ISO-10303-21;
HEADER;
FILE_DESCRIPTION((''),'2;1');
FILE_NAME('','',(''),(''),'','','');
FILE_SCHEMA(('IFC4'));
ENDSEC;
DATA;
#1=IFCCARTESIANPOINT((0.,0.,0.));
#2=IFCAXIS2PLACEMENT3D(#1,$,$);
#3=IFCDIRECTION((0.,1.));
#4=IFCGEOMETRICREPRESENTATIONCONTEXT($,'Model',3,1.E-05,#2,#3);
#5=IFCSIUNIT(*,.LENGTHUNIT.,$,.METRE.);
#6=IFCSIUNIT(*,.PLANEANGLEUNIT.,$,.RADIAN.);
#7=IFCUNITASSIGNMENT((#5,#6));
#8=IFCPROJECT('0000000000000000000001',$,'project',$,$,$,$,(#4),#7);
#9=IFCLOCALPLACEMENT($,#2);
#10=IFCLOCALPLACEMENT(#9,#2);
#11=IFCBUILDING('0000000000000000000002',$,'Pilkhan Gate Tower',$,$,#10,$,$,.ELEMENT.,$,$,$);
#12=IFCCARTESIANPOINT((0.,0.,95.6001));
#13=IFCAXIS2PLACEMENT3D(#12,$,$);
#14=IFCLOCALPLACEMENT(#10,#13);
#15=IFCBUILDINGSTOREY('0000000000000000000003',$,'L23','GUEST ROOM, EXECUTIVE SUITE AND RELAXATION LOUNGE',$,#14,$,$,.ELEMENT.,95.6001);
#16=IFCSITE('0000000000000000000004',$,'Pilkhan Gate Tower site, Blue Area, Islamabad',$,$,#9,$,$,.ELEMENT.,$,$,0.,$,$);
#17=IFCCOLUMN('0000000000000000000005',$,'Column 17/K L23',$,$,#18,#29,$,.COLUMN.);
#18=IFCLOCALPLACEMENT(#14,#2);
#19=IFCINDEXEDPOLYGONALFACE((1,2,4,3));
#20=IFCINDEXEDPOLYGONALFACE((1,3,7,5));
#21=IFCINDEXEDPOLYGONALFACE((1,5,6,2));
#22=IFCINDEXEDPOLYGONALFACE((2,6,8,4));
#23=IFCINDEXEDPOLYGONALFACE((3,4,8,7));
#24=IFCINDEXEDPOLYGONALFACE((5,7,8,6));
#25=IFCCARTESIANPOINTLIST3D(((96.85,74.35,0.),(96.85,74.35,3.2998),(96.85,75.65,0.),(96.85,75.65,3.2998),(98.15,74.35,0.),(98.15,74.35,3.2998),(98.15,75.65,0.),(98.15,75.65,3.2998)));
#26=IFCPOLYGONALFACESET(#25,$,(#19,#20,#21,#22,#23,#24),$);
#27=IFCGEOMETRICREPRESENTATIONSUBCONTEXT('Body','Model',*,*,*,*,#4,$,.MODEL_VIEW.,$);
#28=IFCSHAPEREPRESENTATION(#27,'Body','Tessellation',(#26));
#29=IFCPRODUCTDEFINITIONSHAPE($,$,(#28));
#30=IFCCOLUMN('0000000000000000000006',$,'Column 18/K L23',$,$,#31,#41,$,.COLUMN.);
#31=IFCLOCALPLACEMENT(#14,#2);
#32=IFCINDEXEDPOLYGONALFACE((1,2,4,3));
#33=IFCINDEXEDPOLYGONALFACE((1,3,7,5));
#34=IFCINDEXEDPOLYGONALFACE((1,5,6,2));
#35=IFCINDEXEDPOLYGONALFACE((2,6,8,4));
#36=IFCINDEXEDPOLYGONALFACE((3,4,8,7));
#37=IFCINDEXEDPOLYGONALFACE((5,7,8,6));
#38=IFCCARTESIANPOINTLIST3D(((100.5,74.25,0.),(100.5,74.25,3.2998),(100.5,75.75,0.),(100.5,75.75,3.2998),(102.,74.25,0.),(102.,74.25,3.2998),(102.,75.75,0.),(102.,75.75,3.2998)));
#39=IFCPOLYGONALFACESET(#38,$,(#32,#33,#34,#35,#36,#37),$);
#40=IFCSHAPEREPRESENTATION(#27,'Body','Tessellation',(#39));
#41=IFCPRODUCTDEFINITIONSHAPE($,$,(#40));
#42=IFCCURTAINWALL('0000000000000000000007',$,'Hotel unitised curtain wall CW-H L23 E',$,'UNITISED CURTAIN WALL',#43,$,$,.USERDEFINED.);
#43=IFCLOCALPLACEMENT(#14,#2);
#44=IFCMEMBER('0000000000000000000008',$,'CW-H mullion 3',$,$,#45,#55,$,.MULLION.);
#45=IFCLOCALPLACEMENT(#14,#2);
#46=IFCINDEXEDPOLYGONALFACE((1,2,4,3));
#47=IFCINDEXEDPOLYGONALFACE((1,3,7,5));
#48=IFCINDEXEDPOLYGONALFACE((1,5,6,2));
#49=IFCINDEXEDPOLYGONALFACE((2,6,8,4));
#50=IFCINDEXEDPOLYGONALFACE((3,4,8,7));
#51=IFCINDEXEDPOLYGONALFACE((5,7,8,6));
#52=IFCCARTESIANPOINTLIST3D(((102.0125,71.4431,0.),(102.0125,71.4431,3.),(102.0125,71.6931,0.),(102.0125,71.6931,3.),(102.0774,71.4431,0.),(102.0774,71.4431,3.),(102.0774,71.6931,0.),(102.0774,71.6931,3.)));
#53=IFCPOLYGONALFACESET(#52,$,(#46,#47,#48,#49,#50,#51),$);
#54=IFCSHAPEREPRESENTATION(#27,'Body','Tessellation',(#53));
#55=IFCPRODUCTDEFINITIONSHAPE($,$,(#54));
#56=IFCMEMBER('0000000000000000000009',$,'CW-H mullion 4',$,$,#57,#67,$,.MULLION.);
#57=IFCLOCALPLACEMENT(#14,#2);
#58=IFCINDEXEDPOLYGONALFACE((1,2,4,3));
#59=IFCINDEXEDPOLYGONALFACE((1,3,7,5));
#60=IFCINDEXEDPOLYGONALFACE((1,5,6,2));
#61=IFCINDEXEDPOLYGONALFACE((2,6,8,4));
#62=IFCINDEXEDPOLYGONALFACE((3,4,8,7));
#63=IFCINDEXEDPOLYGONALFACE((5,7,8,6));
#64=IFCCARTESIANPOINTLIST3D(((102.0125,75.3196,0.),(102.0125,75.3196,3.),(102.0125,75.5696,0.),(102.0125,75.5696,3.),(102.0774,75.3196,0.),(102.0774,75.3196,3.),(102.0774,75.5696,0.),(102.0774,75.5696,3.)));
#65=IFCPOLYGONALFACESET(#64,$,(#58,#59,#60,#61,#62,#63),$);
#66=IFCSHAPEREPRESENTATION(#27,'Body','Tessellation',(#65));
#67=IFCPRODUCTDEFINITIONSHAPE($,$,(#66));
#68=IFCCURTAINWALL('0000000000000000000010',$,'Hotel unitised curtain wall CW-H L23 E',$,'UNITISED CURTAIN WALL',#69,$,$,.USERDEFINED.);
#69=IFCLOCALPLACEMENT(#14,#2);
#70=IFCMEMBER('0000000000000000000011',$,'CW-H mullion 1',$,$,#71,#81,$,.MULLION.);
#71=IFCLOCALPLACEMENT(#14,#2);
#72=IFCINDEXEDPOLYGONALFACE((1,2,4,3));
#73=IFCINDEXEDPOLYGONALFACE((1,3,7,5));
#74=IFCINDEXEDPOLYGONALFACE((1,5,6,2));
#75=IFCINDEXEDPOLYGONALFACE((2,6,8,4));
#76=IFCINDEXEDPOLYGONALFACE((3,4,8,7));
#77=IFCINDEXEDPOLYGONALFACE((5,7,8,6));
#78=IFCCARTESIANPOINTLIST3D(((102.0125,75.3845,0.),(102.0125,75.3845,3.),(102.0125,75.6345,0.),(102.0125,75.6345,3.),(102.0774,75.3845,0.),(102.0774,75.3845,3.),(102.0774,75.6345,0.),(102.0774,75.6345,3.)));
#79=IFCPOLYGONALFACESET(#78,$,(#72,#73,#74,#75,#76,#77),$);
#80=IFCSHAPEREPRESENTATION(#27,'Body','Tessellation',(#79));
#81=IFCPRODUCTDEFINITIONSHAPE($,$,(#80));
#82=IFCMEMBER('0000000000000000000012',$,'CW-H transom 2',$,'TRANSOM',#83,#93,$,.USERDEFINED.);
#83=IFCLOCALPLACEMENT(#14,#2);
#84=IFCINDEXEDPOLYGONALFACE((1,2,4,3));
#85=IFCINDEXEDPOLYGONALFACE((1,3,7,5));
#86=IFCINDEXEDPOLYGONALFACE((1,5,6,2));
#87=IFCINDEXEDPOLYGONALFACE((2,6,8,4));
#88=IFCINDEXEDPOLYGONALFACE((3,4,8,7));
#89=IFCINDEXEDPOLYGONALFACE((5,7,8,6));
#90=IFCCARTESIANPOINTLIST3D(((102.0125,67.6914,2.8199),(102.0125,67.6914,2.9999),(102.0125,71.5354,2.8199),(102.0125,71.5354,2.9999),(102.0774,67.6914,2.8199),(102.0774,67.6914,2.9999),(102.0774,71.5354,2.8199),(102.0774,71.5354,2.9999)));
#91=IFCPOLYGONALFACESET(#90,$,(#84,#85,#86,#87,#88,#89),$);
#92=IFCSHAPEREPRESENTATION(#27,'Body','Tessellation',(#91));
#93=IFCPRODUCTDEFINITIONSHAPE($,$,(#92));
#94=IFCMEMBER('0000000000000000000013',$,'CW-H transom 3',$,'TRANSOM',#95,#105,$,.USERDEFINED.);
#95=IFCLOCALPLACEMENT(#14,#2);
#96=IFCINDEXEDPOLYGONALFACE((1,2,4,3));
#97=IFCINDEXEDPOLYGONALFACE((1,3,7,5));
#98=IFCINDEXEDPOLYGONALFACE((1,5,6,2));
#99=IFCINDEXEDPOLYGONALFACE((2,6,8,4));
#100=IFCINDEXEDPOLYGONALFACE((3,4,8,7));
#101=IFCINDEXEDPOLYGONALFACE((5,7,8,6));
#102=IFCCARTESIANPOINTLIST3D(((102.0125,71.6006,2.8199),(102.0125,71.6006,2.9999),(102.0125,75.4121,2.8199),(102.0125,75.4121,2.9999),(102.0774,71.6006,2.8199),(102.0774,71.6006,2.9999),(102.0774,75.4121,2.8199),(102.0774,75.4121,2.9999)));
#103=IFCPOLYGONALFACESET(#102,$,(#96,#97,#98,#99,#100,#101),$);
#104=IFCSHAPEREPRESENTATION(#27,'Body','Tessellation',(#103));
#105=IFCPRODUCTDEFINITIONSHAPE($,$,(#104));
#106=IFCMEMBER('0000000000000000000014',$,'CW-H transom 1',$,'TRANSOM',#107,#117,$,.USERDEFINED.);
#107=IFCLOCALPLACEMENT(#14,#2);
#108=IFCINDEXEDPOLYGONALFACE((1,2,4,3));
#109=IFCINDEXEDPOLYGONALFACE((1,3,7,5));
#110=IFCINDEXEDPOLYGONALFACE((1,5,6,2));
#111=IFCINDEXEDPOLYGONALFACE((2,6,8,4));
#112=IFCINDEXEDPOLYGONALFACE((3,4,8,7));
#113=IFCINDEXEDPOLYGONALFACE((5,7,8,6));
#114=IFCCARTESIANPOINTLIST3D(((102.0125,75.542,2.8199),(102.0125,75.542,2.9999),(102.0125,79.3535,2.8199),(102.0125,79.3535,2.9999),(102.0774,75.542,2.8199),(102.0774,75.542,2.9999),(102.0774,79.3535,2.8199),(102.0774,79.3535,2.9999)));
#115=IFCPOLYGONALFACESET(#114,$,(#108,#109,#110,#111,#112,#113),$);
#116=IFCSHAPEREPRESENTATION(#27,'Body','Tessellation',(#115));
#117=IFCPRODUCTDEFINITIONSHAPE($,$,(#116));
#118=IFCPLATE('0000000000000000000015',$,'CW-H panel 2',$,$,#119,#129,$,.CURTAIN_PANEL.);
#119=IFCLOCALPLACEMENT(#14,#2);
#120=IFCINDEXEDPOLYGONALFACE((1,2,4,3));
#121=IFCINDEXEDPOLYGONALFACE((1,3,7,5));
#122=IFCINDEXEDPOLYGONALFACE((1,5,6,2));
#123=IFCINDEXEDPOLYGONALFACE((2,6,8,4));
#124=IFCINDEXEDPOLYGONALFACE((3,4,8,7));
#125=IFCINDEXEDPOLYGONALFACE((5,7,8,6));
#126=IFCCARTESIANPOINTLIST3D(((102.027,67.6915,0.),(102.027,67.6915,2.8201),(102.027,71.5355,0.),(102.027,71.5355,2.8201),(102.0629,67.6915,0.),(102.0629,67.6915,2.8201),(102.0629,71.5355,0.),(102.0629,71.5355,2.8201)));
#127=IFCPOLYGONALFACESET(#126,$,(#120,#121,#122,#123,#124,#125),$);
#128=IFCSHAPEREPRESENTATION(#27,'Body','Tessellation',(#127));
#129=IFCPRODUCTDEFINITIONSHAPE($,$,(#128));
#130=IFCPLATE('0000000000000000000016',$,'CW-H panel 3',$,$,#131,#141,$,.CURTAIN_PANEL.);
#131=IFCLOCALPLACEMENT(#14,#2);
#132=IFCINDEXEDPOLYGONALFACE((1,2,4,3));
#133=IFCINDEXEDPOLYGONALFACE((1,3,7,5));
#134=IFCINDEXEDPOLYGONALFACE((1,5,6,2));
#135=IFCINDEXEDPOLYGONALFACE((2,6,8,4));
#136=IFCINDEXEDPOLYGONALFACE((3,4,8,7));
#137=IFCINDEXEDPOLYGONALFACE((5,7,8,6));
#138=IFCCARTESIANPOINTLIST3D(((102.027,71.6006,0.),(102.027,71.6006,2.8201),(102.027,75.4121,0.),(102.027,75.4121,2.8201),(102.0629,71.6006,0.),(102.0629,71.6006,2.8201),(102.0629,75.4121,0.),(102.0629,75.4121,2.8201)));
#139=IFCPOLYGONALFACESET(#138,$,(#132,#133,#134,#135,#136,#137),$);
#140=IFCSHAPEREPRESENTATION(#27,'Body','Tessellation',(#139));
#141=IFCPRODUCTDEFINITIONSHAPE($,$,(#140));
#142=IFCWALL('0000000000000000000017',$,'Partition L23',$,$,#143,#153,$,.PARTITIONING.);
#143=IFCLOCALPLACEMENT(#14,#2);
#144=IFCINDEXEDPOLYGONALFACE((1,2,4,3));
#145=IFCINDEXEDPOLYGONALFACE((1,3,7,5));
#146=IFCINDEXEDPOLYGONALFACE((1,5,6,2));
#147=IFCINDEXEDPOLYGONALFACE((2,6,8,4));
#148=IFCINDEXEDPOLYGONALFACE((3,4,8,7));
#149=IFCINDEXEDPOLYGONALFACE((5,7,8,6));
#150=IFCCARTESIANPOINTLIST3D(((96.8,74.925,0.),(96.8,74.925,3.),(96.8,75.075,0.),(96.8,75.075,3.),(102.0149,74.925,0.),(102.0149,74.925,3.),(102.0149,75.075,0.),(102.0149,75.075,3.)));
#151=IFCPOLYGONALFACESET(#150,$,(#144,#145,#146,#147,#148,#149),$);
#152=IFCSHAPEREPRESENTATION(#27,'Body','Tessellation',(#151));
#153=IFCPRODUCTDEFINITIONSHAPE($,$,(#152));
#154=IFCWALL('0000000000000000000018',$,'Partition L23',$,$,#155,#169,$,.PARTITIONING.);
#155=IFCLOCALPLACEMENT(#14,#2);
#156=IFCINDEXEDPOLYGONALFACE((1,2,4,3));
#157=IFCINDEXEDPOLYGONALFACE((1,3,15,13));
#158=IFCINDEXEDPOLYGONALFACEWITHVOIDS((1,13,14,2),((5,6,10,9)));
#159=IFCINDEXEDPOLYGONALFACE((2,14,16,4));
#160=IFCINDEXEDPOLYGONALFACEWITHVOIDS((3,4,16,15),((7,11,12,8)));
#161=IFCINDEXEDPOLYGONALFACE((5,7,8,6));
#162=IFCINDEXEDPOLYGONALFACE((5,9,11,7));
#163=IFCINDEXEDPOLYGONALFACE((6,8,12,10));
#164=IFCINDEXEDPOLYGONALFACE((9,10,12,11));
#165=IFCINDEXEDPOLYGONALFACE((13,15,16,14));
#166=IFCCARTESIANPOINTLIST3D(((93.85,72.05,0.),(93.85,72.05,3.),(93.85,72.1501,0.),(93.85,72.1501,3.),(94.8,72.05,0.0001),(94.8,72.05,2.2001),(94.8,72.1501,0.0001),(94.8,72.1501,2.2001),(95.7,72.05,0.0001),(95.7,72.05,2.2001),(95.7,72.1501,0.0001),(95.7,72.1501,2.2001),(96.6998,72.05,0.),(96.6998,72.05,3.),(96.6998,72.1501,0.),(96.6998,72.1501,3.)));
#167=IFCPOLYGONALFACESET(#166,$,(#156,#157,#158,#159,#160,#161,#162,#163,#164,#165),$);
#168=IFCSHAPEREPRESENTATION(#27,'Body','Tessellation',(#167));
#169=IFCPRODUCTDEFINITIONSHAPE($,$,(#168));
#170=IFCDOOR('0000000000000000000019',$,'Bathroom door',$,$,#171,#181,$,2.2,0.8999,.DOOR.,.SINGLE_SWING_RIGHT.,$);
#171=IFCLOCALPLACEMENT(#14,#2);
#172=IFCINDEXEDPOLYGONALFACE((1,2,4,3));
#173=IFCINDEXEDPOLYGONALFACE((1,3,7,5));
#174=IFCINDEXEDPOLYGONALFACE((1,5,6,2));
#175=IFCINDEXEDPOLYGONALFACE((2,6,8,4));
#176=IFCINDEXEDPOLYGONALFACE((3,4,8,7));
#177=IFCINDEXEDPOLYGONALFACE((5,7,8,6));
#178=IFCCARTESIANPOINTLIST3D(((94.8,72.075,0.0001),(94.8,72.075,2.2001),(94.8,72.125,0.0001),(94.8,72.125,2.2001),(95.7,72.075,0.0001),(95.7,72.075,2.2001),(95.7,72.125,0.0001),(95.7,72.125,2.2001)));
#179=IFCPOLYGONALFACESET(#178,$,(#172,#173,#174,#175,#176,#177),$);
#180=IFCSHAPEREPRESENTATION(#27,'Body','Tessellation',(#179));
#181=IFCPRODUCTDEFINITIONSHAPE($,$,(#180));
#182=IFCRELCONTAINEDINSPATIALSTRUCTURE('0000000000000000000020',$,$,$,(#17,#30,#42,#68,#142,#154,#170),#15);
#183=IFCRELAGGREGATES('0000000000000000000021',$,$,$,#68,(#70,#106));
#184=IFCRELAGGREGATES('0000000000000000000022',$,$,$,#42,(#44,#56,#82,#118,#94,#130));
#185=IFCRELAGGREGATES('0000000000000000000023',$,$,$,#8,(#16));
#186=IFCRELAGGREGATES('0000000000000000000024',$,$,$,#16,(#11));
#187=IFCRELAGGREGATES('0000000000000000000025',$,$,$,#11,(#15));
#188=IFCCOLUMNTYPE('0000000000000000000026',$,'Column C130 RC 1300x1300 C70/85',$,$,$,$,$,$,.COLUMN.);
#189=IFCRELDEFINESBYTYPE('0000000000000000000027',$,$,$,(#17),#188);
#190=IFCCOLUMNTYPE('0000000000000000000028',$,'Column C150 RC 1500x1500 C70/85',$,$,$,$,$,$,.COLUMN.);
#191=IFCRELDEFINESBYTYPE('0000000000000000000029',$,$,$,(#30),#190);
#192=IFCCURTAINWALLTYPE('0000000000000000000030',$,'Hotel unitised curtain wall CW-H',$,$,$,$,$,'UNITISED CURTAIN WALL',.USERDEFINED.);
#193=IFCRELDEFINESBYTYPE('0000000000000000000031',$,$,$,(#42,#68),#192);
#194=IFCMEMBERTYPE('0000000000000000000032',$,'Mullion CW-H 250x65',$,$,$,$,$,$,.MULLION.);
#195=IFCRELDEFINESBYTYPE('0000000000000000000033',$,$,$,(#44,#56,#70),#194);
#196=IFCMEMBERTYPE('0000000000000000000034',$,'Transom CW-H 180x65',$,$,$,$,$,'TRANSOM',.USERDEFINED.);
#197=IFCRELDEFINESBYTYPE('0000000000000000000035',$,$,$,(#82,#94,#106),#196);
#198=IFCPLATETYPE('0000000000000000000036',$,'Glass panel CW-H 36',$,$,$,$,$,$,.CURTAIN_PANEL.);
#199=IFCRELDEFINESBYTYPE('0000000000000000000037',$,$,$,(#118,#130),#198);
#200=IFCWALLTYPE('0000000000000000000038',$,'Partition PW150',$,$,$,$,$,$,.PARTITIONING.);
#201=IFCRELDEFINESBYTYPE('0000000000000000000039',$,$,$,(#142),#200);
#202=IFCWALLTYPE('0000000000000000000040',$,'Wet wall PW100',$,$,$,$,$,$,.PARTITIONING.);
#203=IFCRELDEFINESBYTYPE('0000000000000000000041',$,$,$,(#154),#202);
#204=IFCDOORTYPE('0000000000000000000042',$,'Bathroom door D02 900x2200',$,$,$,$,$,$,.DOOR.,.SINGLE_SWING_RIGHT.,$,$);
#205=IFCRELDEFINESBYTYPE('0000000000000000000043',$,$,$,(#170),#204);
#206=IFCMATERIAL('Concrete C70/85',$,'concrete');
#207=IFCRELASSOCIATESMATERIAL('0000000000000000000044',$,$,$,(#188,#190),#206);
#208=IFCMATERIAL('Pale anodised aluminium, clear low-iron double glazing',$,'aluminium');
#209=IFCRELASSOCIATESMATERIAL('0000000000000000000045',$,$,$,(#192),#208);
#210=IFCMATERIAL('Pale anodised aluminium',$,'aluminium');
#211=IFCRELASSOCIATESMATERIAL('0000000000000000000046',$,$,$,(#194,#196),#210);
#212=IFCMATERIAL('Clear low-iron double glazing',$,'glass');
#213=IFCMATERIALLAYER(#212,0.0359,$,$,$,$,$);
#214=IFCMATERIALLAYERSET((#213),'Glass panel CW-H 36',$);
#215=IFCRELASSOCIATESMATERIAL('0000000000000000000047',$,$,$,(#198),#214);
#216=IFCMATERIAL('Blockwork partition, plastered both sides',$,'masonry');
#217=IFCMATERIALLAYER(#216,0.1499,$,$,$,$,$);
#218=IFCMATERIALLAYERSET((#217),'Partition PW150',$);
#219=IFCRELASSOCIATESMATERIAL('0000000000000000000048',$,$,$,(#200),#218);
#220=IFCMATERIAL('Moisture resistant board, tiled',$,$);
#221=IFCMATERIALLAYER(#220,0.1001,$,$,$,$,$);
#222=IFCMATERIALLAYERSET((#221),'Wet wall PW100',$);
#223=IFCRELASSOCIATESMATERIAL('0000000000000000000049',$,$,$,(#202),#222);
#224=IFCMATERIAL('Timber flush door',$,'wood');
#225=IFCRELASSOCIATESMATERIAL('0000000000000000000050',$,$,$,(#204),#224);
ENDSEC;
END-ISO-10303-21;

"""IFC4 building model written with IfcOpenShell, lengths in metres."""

from ifc_helpers import new_model, si_unit, direction, frame, frame_2d, origin, origin_2d, place, context, subcontext, project, spatial, rectangle, extrude, material, layer, layer_set, material_profile, profile_set, type_object, element, fill, aggregate, save


model = new_model("IFC4")

# Units and contexts
model_context = context("Model", 3, precision=1e-05, world=origin(), true_north=direction((0.0, 1.0)))
body_context = subcontext(model_context, "Body", "Model", "MODEL_VIEW")
ifc_project = project(units=[si_unit("LENGTHUNIT", "METRE"), si_unit("PLANEANGLEUNIT", "RADIAN")], contexts=[model_context])

# Site, building, storey
site_placement = place(None, origin())
site = spatial("IfcSite", under=ifc_project, at=site_placement, Name="Pilkhan Gate Tower site, Blue Area, Islamabad", CompositionType="ELEMENT", RefElevation=0.0)
building_placement = place(site_placement, origin())
building = spatial("IfcBuilding", under=site, at=building_placement, Name="Pilkhan Gate Tower", CompositionType="ELEMENT")
storey_placement = place(building_placement, frame((0.0, 0.0, 95.6001)))
storey = spatial("IfcBuildingStorey", under=building, at=storey_placement, Name="L23", Description="GUEST ROOM, EXECUTIVE SUITE AND RELAXATION LOUNGE", CompositionType="ELEMENT", Elevation=95.6001)

# Columns
ifc_material_1 = material(Name="Concrete C70/85", Category="concrete")
ifc_material_profile_1 = material_profile(ifc_material_1, rectangle(XDim=1.3, YDim=1.3, at=origin_2d()), Name="RC 1300x1300")
ifc_profile_set_1 = profile_set([ifc_material_profile_1], Name="Concrete C70/85")
column_type_1 = type_object("IfcColumnType", Name="Column C130 RC 1300x1300 C70/85", PredefinedType="COLUMN", material=ifc_profile_set_1)
column_1_placement = place(storey_placement, frame((97.5, 75.0, 0.0), z_axis=(0.0, 0.0, 1.0), x_axis=(1.0, 0.0, 0.0)))
element("IfcColumn", 1, at=column_1_placement, inside=storey, type_object=column_type_1, Name="Column 17/K L23", PredefinedType="COLUMN", context=body_context, shape_type="SweptSolid", body=[
    extrude(rectangle(XDim=1.3, YDim=1.3, at=origin_2d()), origin(), (0.0, 0.0, 1.0), 3.2998),
])
ifc_material_profile_2 = material_profile(ifc_material_1, rectangle(XDim=1.5, YDim=1.5, at=origin_2d()), Name="RC 1500x1500")
ifc_profile_set_2 = profile_set([ifc_material_profile_2], Name="Concrete C70/85")
column_type_2 = type_object("IfcColumnType", Name="Column C150 RC 1500x1500 C70/85", PredefinedType="COLUMN", material=ifc_profile_set_2)
column_2_placement = place(storey_placement, frame((101.25, 75.0, 0.0), z_axis=(0.0, 0.0, 1.0), x_axis=(1.0, 0.0, 0.0)))
element("IfcColumn", 2, at=column_2_placement, inside=storey, type_object=column_type_2, Name="Column 18/K L23", PredefinedType="COLUMN", context=body_context, shape_type="SweptSolid", body=[
    extrude(rectangle(XDim=1.5, YDim=1.5, at=origin_2d()), origin(), (0.0, 0.0, 1.0), 3.2998),
])

# Curtain wall, members
ifc_material_2 = material(Name="Pale anodised aluminium, clear low-iron double glazing", Category="aluminium")
curtain_wall_type = type_object("IfcCurtainWallType", Name="Hotel unitised curtain wall CW-H", ElementType="UNITISED CURTAIN WALL", PredefinedType="USERDEFINED", material=ifc_material_2)
curtain_wall_1_placement = place(storey_placement, origin())
curtain_wall_1 = element("IfcCurtainWall", 3, at=curtain_wall_1_placement, inside=storey, type_object=curtain_wall_type, Name="Hotel unitised curtain wall CW-H L23 E", ObjectType="UNITISED CURTAIN WALL", PredefinedType="USERDEFINED")
ifc_material_3 = material(Name="Pale anodised aluminium", Category="aluminium")
ifc_material_profile_3 = material_profile(ifc_material_3, rectangle(XDim=0.0649, YDim=0.25, at=origin_2d()), Name="Mullion 250x65")
ifc_profile_set_3 = profile_set([ifc_material_profile_3], Name="Pale anodised aluminium")
member_type_1 = type_object("IfcMemberType", Name="Mullion CW-H 250x65", PredefinedType="MULLION", material=ifc_profile_set_3)
member_1_placement = place(storey_placement, frame((102.0449, 71.5681, 0.0), z_axis=(0.0, 0.0, 1.0), x_axis=(-1.0, 0.0, 0.0)))
member_1 = element("IfcMember", 4, at=member_1_placement, type_object=member_type_1, Name="CW-H mullion 3", PredefinedType="MULLION", context=body_context, shape_type="SweptSolid", body=[
    extrude(rectangle(XDim=0.0649, YDim=0.25, at=origin_2d()), origin(), (0.0, 0.0, 1.0), 3.0),
])
member_2_placement = place(storey_placement, frame((102.0449, 75.4446, 0.0), z_axis=(0.0, 0.0, 1.0), x_axis=(-1.0, 0.0, 0.0)))
member_2 = element("IfcMember", 5, at=member_2_placement, type_object=member_type_1, Name="CW-H mullion 4", PredefinedType="MULLION", context=body_context, shape_type="SweptSolid", body=[
    extrude(rectangle(XDim=0.0649, YDim=0.25, at=origin_2d()), origin(), (0.0, 0.0, 1.0), 3.0),
])

# Curtain wall, member
curtain_wall_2_placement = place(storey_placement, origin())
curtain_wall_2 = element("IfcCurtainWall", 6, at=curtain_wall_2_placement, inside=storey, type_object=curtain_wall_type, Name="Hotel unitised curtain wall CW-H L23 E", ObjectType="UNITISED CURTAIN WALL", PredefinedType="USERDEFINED")
member_3_placement = place(storey_placement, frame((102.0449, 75.5095, 0.0), z_axis=(0.0, 0.0, 1.0), x_axis=(-1.0, 0.0, 0.0)))
member_3 = element("IfcMember", 7, at=member_3_placement, type_object=member_type_1, Name="CW-H mullion 1", PredefinedType="MULLION", context=body_context, shape_type="SweptSolid", body=[
    extrude(rectangle(XDim=0.0649, YDim=0.25, at=origin_2d()), origin(), (0.0, 0.0, 1.0), 3.0),
])

# Members
ifc_material_profile_4 = material_profile(ifc_material_3, rectangle(XDim=0.0649, YDim=0.1799, at=origin_2d()), Name="Transom 180x65")
ifc_profile_set_4 = profile_set([ifc_material_profile_4], Name="Pale anodised aluminium")
member_type_2 = type_object("IfcMemberType", Name="Transom CW-H 180x65", ElementType="TRANSOM", PredefinedType="USERDEFINED", material=ifc_profile_set_4)
member_4_placement = place(storey_placement, frame((102.0449, 67.6914, 2.9099), z_axis=(0.0, 1.0, 0.0), x_axis=(-1.0, 0.0, 0.0)))
member_4 = element("IfcMember", 8, at=member_4_placement, type_object=member_type_2, Name="CW-H transom 2", ObjectType="TRANSOM", PredefinedType="USERDEFINED", context=body_context, shape_type="SweptSolid", body=[
    extrude(rectangle(XDim=0.0649, YDim=0.1799, at=origin_2d()), origin(), (0.0, 0.0, 1.0), 3.844),
])
member_5_placement = place(storey_placement, frame((102.0449, 71.6006, 2.9099), z_axis=(0.0, 1.0, 0.0), x_axis=(-1.0, 0.0, 0.0)))
member_5 = element("IfcMember", 9, at=member_5_placement, type_object=member_type_2, Name="CW-H transom 3", ObjectType="TRANSOM", PredefinedType="USERDEFINED", context=body_context, shape_type="SweptSolid", body=[
    extrude(rectangle(XDim=0.0649, YDim=0.1799, at=origin_2d()), origin(), (0.0, 0.0, 1.0), 3.8115),
])
member_6_placement = place(storey_placement, frame((102.0449, 75.542, 2.9099), z_axis=(0.0, 1.0, 0.0), x_axis=(-1.0, 0.0, 0.0)))
member_6 = element("IfcMember", 10, at=member_6_placement, type_object=member_type_2, Name="CW-H transom 1", ObjectType="TRANSOM", PredefinedType="USERDEFINED", context=body_context, shape_type="SweptSolid", body=[
    extrude(rectangle(XDim=0.0649, YDim=0.1799, at=origin_2d()), origin(), (0.0, 0.0, 1.0), 3.8115),
])
aggregate(curtain_wall_2, [member_3, member_6])

# Plates
ifc_material_4 = material(Name="Clear low-iron double glazing", Category="glass")
ifc_layer_1 = layer(ifc_material_4, 0.0359)
ifc_layer_set_1 = layer_set([ifc_layer_1], Name="Glass panel CW-H 36")
plate_type = type_object("IfcPlateType", Name="Glass panel CW-H 36", PredefinedType="CURTAIN_PANEL", material=ifc_layer_set_1)
plate_1_placement = place(storey_placement, frame((102.0449, 69.6135, 0.0), z_axis=(0.0, 0.0, 1.0), x_axis=(0.0, 1.0, 0.0)))
plate_1 = element("IfcPlate", 11, at=plate_1_placement, type_object=plate_type, Name="CW-H panel 2", PredefinedType="CURTAIN_PANEL", context=body_context, shape_type="SweptSolid", body=[
    extrude(rectangle(XDim=3.844, YDim=0.0359, at=origin_2d()), origin(), (0.0, 0.0, 1.0), 2.8201),
])
plate_2_placement = place(storey_placement, frame((102.0449, 73.5063, 0.0), z_axis=(0.0, 0.0, 1.0), x_axis=(0.0, 1.0, 0.0)))
plate_2 = element("IfcPlate", 12, at=plate_2_placement, type_object=plate_type, Name="CW-H panel 3", PredefinedType="CURTAIN_PANEL", context=body_context, shape_type="SweptSolid", body=[
    extrude(rectangle(XDim=3.8115, YDim=0.0359, at=origin_2d()), origin(), (0.0, 0.0, 1.0), 2.8201),
])
aggregate(curtain_wall_1, [member_1, member_2, member_4, plate_1, member_5, plate_2])

# Wall
ifc_material_5 = material(Name="Blockwork partition, plastered both sides", Category="masonry")
ifc_layer_2 = layer(ifc_material_5, 0.1499)
ifc_layer_set_2 = layer_set([ifc_layer_2], Name="Partition PW150")
wall_type_1 = type_object("IfcWallType", Name="Partition PW150", PredefinedType="PARTITIONING", material=ifc_layer_set_2)
wall_1_placement = place(storey_placement, frame((96.8, 75.0, 0.0), z_axis=(0.0, 0.0, 1.0), x_axis=(1.0, 0.0, 0.0)))
element("IfcWall", 13, at=wall_1_placement, inside=storey, type_object=wall_type_1, Name="Partition L23", PredefinedType="PARTITIONING", context=body_context, shape_type="SweptSolid", body=[
    extrude(rectangle(XDim=5.2148, YDim=0.1499, at=frame_2d((2.6074, 0.0))), origin(), (0.0, 0.0, 1.0), 3.0),
])

# Wall, opening, door
ifc_material_6 = material(Name="Moisture resistant board, tiled")
ifc_layer_3 = layer(ifc_material_6, 0.1001)
ifc_layer_set_3 = layer_set([ifc_layer_3], Name="Wet wall PW100")
wall_type_2 = type_object("IfcWallType", Name="Wet wall PW100", PredefinedType="PARTITIONING", material=ifc_layer_set_3)
wall_2_placement = place(storey_placement, frame((93.8501, 72.1001, 0.0), z_axis=(0.0, 0.0, 1.0), x_axis=(1.0, 0.0, 0.0)))
wall_2 = element("IfcWall", 14, at=wall_2_placement, inside=storey, type_object=wall_type_2, Name="Partition L23", PredefinedType="PARTITIONING", context=body_context, shape_type="SweptSolid", body=[
    extrude(rectangle(XDim=2.8499, YDim=0.1001, at=frame_2d((1.4248, 0.0))), origin(), (0.0, 0.0, 1.0), 3.0),
])
opening_1_placement = place(wall_2_placement, frame((0.95, 0.0, 0.0)))
opening_1 = element("IfcOpeningElement", 15, at=opening_1_placement, cuts=wall_2, PredefinedType="OPENING", context=body_context, shape_type="SweptSolid", body=[
    extrude(rectangle(XDim=0.8999, YDim=2.2, at=frame_2d((0.45, 1.1001))), frame((0.0, 0.0601, 0.0), z_axis=(0.0, -1.0, 0.0), x_axis=(1.0, 0.0, 0.0)), (0.0, 0.0, 1.0), 0.1201),
])
ifc_material_7 = material(Name="Timber flush door", Category="wood")
door_type = type_object("IfcDoorType", Name="Bathroom door D02 900x2200", OperationType="SINGLE_SWING_RIGHT", PredefinedType="DOOR", material=ifc_material_7)
door_1_placement = place(opening_1_placement, origin())
door_1 = element("IfcDoor", 16, at=door_1_placement, inside=storey, type_object=door_type, Name="Bathroom door", OperationType="SINGLE_SWING_RIGHT", OverallHeight=2.2, OverallWidth=0.8999, PredefinedType="DOOR", context=body_context, shape_type="SweptSolid", body=[
    extrude(rectangle(XDim=0.8999, YDim=2.2, at=frame_2d((0.45, 1.1001))), frame((0.0, 0.0249, 0.0), z_axis=(0.0, -1.0, 0.0), x_axis=(1.0, 0.0, 0.0)), (0.0, 0.0, 1.0), 0.05),
])
fill(opening_1, door_1)

save(model, "model.ifc")
